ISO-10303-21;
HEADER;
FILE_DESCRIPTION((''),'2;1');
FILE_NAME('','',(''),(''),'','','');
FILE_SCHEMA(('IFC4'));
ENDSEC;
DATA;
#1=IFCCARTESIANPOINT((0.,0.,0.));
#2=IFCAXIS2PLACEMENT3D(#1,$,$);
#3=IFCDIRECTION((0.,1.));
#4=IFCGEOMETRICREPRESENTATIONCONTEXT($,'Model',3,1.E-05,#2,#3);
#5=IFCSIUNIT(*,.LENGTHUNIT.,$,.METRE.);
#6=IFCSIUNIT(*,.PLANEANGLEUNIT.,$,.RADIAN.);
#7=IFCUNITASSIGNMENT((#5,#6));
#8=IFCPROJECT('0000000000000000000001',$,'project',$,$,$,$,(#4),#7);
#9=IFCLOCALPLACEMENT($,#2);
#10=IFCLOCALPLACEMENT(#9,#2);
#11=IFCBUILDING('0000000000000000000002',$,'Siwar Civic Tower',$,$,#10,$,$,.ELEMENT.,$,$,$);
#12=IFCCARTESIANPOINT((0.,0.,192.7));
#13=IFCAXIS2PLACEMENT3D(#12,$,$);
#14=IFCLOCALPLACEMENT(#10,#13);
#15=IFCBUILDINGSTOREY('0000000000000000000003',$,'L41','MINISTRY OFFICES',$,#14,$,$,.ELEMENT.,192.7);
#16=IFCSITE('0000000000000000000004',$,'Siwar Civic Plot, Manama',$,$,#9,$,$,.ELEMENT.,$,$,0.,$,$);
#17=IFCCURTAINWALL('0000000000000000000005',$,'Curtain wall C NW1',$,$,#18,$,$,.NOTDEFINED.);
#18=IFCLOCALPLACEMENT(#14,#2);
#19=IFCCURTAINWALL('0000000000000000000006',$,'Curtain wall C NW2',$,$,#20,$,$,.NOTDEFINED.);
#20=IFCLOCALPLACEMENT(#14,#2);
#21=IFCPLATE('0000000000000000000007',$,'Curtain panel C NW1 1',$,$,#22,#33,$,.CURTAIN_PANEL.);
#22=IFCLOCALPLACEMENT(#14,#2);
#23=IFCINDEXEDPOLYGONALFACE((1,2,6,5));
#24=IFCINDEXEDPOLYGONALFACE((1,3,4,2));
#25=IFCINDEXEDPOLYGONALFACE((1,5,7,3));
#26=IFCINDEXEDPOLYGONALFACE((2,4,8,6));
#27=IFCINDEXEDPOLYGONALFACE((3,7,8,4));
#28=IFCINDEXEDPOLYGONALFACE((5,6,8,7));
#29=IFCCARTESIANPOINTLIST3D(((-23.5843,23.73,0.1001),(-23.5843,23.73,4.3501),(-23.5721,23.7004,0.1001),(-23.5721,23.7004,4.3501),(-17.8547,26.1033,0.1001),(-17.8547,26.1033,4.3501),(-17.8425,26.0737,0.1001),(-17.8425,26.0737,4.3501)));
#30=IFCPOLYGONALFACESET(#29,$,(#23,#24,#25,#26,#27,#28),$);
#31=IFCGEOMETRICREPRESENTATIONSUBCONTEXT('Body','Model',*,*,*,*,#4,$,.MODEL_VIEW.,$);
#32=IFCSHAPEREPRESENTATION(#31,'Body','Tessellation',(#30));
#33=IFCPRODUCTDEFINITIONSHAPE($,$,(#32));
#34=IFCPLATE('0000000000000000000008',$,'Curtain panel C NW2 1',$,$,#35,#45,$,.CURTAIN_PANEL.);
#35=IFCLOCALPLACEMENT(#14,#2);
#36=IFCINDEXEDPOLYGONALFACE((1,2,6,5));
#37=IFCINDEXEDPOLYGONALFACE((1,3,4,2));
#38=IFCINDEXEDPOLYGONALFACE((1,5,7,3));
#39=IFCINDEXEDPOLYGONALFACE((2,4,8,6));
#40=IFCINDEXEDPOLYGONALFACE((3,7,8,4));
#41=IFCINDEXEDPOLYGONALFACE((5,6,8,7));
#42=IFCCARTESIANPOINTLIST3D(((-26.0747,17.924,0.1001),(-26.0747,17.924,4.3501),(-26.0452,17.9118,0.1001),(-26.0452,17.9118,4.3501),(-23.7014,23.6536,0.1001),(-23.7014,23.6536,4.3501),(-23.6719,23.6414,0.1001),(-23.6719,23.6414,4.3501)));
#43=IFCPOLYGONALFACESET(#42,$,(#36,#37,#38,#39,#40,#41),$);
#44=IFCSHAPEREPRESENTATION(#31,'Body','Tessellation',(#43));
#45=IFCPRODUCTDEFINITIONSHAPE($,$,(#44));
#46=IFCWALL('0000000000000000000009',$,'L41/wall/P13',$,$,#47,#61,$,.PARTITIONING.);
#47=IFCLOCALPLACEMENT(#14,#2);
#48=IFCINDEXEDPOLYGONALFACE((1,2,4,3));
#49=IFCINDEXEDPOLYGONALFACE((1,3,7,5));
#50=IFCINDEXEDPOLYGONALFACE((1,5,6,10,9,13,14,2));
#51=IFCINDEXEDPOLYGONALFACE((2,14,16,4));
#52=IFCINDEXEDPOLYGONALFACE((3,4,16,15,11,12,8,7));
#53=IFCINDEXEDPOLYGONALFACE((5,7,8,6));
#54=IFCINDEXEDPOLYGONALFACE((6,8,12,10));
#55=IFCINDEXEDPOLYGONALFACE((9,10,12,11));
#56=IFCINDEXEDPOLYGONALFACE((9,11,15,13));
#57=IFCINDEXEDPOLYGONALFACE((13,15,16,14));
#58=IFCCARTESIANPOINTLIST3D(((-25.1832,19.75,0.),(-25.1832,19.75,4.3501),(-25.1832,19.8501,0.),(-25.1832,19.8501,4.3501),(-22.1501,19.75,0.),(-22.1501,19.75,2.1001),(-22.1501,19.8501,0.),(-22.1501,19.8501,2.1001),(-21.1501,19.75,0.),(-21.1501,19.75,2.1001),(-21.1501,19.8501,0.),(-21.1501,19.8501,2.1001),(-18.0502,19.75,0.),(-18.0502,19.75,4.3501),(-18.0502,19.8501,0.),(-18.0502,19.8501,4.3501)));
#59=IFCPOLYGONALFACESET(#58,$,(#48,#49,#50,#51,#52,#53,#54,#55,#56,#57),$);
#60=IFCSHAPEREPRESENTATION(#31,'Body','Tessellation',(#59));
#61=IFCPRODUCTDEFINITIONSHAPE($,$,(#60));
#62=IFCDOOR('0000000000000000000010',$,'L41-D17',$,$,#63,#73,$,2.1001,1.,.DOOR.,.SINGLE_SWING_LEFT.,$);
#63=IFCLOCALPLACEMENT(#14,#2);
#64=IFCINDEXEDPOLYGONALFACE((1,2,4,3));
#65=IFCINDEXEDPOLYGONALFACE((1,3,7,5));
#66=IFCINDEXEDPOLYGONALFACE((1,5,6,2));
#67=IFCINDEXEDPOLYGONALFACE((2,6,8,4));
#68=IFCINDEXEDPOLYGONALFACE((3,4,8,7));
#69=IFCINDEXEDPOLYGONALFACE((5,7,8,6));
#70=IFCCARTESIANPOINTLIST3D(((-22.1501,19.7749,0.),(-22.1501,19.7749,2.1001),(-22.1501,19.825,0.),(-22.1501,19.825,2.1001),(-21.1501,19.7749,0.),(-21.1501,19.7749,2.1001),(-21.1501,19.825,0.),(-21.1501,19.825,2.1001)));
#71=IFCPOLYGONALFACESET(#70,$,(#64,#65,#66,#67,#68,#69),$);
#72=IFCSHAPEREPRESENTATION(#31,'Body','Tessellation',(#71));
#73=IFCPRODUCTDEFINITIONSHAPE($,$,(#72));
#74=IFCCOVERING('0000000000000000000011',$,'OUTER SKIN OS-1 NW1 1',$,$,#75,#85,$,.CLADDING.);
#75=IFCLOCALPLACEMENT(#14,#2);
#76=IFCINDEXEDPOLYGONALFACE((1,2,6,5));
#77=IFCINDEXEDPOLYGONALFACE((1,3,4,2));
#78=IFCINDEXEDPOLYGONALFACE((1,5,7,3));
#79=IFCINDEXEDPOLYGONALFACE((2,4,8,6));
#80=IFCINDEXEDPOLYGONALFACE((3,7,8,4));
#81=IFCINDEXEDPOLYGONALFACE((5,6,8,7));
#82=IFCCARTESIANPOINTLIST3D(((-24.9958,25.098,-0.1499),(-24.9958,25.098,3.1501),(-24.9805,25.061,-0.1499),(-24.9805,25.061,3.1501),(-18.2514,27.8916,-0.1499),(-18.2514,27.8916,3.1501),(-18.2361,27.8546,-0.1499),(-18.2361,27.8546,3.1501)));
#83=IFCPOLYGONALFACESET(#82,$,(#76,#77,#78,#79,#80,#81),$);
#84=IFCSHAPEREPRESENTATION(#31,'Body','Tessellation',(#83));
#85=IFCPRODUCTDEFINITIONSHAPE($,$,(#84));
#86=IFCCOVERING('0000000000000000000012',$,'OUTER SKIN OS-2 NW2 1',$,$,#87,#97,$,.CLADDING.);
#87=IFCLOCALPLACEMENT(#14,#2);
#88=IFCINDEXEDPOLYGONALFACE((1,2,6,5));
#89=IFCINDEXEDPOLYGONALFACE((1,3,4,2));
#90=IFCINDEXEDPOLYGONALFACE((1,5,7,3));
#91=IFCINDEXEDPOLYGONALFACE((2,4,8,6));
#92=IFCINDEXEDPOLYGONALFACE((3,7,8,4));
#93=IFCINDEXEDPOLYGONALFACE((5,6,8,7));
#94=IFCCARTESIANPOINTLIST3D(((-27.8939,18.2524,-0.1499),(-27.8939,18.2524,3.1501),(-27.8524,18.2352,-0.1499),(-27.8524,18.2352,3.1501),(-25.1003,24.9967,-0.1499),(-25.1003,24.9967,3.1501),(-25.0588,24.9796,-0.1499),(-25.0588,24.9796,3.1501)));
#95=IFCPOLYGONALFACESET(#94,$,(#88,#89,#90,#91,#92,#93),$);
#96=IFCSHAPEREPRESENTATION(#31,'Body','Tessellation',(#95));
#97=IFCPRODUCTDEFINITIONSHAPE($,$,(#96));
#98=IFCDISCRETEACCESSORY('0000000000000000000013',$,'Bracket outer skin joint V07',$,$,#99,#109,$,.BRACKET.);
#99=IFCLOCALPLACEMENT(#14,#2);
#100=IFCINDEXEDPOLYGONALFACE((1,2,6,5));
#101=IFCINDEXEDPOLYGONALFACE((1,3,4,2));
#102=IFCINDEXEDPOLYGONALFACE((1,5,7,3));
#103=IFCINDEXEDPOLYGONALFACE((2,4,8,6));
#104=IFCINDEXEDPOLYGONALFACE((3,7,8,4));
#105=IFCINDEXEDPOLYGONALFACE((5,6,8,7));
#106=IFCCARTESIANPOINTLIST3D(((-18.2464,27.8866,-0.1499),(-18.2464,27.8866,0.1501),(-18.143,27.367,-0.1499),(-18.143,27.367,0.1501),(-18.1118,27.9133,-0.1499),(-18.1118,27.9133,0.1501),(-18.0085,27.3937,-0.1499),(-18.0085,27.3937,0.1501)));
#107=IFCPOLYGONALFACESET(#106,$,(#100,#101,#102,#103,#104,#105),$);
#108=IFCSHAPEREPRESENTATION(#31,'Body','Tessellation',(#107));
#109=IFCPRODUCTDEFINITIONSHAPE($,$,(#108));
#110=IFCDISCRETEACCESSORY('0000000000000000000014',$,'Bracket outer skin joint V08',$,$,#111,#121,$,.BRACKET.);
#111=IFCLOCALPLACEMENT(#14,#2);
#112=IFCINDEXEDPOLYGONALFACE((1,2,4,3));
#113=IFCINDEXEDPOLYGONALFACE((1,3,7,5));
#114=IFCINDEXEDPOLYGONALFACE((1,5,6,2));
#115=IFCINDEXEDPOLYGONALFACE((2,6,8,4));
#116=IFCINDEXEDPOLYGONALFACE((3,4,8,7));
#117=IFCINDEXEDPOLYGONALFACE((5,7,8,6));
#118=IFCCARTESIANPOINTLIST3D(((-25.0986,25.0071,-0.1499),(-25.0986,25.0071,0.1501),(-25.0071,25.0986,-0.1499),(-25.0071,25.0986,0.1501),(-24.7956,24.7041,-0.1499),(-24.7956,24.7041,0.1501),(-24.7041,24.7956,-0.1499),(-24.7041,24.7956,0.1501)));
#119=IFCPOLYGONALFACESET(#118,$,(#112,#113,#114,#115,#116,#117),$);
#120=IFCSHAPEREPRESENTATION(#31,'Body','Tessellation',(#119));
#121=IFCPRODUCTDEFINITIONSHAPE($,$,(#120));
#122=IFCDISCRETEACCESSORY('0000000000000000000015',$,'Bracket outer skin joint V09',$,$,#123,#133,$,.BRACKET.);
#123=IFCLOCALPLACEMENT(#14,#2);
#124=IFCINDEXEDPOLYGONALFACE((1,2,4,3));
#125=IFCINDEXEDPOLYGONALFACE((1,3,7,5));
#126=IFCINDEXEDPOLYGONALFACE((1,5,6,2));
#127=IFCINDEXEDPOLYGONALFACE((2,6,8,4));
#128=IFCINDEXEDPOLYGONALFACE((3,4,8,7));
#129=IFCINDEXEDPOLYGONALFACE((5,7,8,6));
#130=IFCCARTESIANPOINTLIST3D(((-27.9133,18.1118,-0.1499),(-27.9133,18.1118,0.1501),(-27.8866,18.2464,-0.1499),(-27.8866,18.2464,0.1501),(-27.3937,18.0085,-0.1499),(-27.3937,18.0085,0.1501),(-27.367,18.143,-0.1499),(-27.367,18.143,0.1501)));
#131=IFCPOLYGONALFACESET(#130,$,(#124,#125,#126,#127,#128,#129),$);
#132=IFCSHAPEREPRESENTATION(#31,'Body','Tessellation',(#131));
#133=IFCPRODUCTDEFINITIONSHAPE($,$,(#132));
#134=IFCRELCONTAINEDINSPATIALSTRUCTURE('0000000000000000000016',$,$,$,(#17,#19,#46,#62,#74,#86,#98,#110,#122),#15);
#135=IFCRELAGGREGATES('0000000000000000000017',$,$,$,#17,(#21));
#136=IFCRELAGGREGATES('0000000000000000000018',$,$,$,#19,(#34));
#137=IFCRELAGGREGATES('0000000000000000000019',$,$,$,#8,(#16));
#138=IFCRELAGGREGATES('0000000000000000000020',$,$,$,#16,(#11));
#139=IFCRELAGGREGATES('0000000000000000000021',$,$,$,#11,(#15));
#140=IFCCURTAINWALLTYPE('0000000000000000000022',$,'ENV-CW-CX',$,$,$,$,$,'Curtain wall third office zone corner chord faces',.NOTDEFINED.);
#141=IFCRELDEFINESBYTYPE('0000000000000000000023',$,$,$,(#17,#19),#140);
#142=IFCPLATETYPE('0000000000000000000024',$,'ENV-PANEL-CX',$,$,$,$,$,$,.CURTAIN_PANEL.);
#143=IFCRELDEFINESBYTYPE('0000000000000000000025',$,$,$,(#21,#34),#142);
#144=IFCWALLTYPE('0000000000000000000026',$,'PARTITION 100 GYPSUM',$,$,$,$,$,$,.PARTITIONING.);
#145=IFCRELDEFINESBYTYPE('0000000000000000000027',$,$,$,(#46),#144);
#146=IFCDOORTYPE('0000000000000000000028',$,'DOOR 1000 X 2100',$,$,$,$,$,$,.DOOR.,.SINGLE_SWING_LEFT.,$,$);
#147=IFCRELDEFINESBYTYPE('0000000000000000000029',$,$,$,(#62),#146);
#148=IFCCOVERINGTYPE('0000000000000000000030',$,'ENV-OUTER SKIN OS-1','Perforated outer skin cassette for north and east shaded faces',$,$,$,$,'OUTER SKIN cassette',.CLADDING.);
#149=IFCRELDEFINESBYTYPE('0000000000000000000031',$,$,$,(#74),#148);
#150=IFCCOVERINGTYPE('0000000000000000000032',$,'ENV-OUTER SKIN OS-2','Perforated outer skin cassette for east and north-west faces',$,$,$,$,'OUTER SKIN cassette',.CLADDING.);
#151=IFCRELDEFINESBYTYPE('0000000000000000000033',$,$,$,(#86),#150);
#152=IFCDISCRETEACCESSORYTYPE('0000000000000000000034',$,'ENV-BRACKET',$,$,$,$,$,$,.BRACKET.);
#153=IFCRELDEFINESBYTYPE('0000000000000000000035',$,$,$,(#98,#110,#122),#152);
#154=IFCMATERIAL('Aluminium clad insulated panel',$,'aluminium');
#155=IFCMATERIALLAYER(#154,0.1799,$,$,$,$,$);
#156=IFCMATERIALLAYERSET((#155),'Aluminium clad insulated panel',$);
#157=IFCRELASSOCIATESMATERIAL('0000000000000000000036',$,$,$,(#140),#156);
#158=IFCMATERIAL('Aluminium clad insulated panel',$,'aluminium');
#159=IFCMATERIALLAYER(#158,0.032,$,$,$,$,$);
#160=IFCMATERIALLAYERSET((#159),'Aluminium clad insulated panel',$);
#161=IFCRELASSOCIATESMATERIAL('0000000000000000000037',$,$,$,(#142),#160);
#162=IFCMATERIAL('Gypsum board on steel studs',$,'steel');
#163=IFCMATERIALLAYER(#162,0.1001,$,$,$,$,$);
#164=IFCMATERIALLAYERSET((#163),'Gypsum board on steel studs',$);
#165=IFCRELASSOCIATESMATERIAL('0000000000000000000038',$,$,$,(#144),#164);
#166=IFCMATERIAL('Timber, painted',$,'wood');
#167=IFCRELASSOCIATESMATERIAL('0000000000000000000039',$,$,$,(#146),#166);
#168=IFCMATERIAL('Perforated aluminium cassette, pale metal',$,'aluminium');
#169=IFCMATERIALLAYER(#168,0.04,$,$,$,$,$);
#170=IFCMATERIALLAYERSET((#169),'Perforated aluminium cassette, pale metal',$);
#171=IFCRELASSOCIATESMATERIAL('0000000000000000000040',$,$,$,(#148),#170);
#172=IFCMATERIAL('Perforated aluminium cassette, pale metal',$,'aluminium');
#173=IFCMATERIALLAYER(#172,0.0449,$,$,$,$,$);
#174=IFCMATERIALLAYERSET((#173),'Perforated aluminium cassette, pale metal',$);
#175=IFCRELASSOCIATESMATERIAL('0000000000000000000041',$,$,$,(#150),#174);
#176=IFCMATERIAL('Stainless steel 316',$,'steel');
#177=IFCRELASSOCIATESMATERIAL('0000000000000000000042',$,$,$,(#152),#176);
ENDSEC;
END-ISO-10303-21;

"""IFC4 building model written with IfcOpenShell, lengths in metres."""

from ifc_helpers import new_model, si_unit, direction, frame, frame_2d, origin, origin_2d, place, context, subcontext, project, spatial, rectangle, extrude, material, layer, layer_set, type_object, element, fill, aggregate, save


model = new_model("IFC4")

# Units and contexts
model_context = context("Model", 3, precision=1e-05, world=origin(), true_north=direction((0.0, 1.0)))
body_context = subcontext(model_context, "Body", "Model", "MODEL_VIEW")
ifc_project = project(units=[si_unit("LENGTHUNIT", "METRE"), si_unit("PLANEANGLEUNIT", "RADIAN")], contexts=[model_context])

# Site, building, storey
site_placement = place(None, origin())
site = spatial("IfcSite", under=ifc_project, at=site_placement, Name="Siwar Civic Plot, Manama", CompositionType="ELEMENT", RefElevation=0.0)
building_placement = place(site_placement, origin())
building = spatial("IfcBuilding", under=site, at=building_placement, Name="Siwar Civic Tower", CompositionType="ELEMENT")
storey_placement = place(building_placement, frame((0.0, 0.0, 192.7)))
storey = spatial("IfcBuildingStorey", under=building, at=storey_placement, Name="L41", Description="MINISTRY OFFICES", CompositionType="ELEMENT", Elevation=192.7)

# Curtain walls
ifc_material_1 = material(Name="Aluminium clad insulated panel", Category="aluminium")
ifc_layer_1 = layer(ifc_material_1, 0.1799)
ifc_layer_set_1 = layer_set([ifc_layer_1], Name="Aluminium clad insulated panel")
curtain_wall_type = type_object("IfcCurtainWallType", Name="ENV-CW-CX", ElementType="Curtain wall third office zone corner chord faces", PredefinedType="NOTDEFINED", material=ifc_layer_set_1)
curtain_wall_1_placement = place(storey_placement, origin())
curtain_wall_1 = element("IfcCurtainWall", 1, at=curtain_wall_1_placement, inside=storey, type_object=curtain_wall_type, Name="Curtain wall C NW1", PredefinedType="NOTDEFINED")
curtain_wall_2_placement = place(storey_placement, origin())
curtain_wall_2 = element("IfcCurtainWall", 2, at=curtain_wall_2_placement, inside=storey, type_object=curtain_wall_type, Name="Curtain wall C NW2", PredefinedType="NOTDEFINED")

# Plates
ifc_material_2 = material(Name="Aluminium clad insulated panel", Category="aluminium")
ifc_layer_2 = layer(ifc_material_2, 0.032)
ifc_layer_set_2 = layer_set([ifc_layer_2], Name="Aluminium clad insulated panel")
plate_type = type_object("IfcPlateType", Name="ENV-PANEL-CX", PredefinedType="CURTAIN_PANEL", material=ifc_layer_set_2)
plate_1_placement = place(storey_placement, frame((-20.7134, 24.9019, 0.1001), z_axis=(0.0, 0.0, 1.0), x_axis=(-0.92388, -0.382683, 0.0)))
plate_1 = element("IfcPlate", 3, at=plate_1_placement, type_object=plate_type, Name="Curtain panel C NW1 1", PredefinedType="CURTAIN_PANEL", context=body_context, shape_type="SweptSolid", body=[
    extrude(rectangle(XDim=6.2017, YDim=0.032, at=origin_2d()), origin(), (0.0, 0.0, 1.0), 4.25),
])
aggregate(curtain_wall_1, [plate_1])
plate_2_placement = place(storey_placement, frame((-24.8733, 20.7827, 0.1001), z_axis=(0.0, 0.0, 1.0), x_axis=(-0.382683, -0.92388, 0.0)))
plate_2 = element("IfcPlate", 4, at=plate_2_placement, type_object=plate_type, Name="Curtain panel C NW2 1", PredefinedType="CURTAIN_PANEL", context=body_context, shape_type="SweptSolid", body=[
    extrude(rectangle(XDim=6.2017, YDim=0.032, at=origin_2d()), origin(), (0.0, 0.0, 1.0), 4.25),
])
aggregate(curtain_wall_2, [plate_2])

# Wall, opening, door
ifc_material_3 = material(Name="Gypsum board on steel studs", Category="steel")
ifc_layer_3 = layer(ifc_material_3, 0.1001)
ifc_layer_set_3 = layer_set([ifc_layer_3], Name="Gypsum board on steel studs")
wall_type = type_object("IfcWallType", Name="PARTITION 100 GYPSUM", PredefinedType="PARTITIONING", material=ifc_layer_set_3)
wall_placement = place(storey_placement, frame((-25.1831, 19.8, 0.0), z_axis=(0.0, 0.0, 1.0), x_axis=(1.0, 0.0, 0.0)))
wall = element("IfcWall", 5, at=wall_placement, inside=storey, type_object=wall_type, Name="L41/wall/P13", PredefinedType="PARTITIONING", context=body_context, shape_type="SweptSolid", body=[
    extrude(rectangle(XDim=7.1331, YDim=0.1001, at=frame_2d((3.5664, 0.0))), origin(), (0.0, 0.0, 1.0), 4.3501),
])
opening_placement = place(wall_placement, frame((3.033, 0.0, 0.0)))
opening = element("IfcOpeningElement", 6, at=opening_placement, cuts=wall, PredefinedType="OPENING", context=body_context, shape_type="SweptSolid", body=[
    extrude(rectangle(XDim=1.0, YDim=2.1001, at=frame_2d((0.5, 1.05))), frame((0.0, 0.0601, 0.0), z_axis=(0.0, -1.0, 0.0), x_axis=(1.0, 0.0, 0.0)), (0.0, 0.0, 1.0), 0.1201),
])
ifc_material_4 = material(Name="Timber, painted", Category="wood")
door_type = type_object("IfcDoorType", Name="DOOR 1000 X 2100", OperationType="SINGLE_SWING_LEFT", PredefinedType="DOOR", material=ifc_material_4)
door_placement = place(opening_placement, origin())
door = element("IfcDoor", 7, at=door_placement, inside=storey, type_object=door_type, Name="L41-D17", OperationType="SINGLE_SWING_LEFT", OverallHeight=2.1001, OverallWidth=1.0, PredefinedType="DOOR", context=body_context, shape_type="SweptSolid", body=[
    extrude(rectangle(XDim=1.0, YDim=2.1001, at=frame_2d((0.5, 1.05))), frame((0.0, 0.0249, 0.0), z_axis=(0.0, -1.0, 0.0), x_axis=(1.0, 0.0, 0.0)), (0.0, 0.0, 1.0), 0.05),
])
fill(opening, door)

# Coverings
ifc_material_5 = material(Name="Perforated aluminium cassette, pale metal", Category="aluminium")
ifc_layer_4 = layer(ifc_material_5, 0.04)
ifc_layer_set_4 = layer_set([ifc_layer_4], Name="Perforated aluminium cassette, pale metal")
covering_type_1 = type_object("IfcCoveringType", Name="ENV-OUTER SKIN OS-1", Description="Perforated outer skin cassette for north and east shaded faces", ElementType="OUTER SKIN cassette", PredefinedType="CLADDING", material=ifc_layer_set_4)
covering_1_placement = place(storey_placement, frame((-21.616, 26.4763, -0.1499), z_axis=(0.0, 0.0, 1.0), x_axis=(-0.92388, -0.382683, 0.0)))
element("IfcCovering", 8, at=covering_1_placement, inside=storey, type_object=covering_type_1, Name="OUTER SKIN OS-1 NW1 1", PredefinedType="CLADDING", context=body_context, shape_type="SweptSolid", body=[
    extrude(rectangle(XDim=7.3, YDim=0.04, at=origin_2d()), origin(), (0.0, 0.0, 1.0), 3.3),
])
ifc_material_6 = material(Name="Perforated aluminium cassette, pale metal", Category="aluminium")
ifc_layer_5 = layer(ifc_material_6, 0.0449)
ifc_layer_set_5 = layer_set([ifc_layer_5], Name="Perforated aluminium cassette, pale metal")
covering_type_2 = type_object("IfcCoveringType", Name="ENV-OUTER SKIN OS-2", Description="Perforated outer skin cassette for east and north-west faces", ElementType="OUTER SKIN cassette", PredefinedType="CLADDING", material=ifc_layer_set_5)
covering_2_placement = place(storey_placement, frame((-26.4763, 21.616, -0.1499), z_axis=(0.0, 0.0, 1.0), x_axis=(-0.382683, -0.92388, 0.0)))
element("IfcCovering", 9, at=covering_2_placement, inside=storey, type_object=covering_type_2, Name="OUTER SKIN OS-2 NW2 1", PredefinedType="CLADDING", context=body_context, shape_type="SweptSolid", body=[
    extrude(rectangle(XDim=7.3, YDim=0.0449, at=origin_2d()), origin(), (0.0, 0.0, 1.0), 3.3),
])

# Discrete accessories
ifc_material_7 = material(Name="Stainless steel 316", Category="steel")
discrete_accessory_type = type_object("IfcDiscreteAccessoryType", Name="ENV-BRACKET", PredefinedType="BRACKET", material=ifc_material_7)
discrete_accessory_1_placement = place(storey_placement, frame((-18.1274, 27.6401, -0.1499), z_axis=(0.0, 0.0, 1.0), x_axis=(-0.19509, 0.980785, 0.0)))
element("IfcDiscreteAccessory", 10, at=discrete_accessory_1_placement, inside=storey, type_object=discrete_accessory_type, Name="Bracket outer skin joint V07", PredefinedType="BRACKET", context=body_context, shape_type="SweptSolid", body=[
    extrude(rectangle(XDim=0.5298, YDim=0.1372, at=origin_2d()), origin(), (0.0, 0.0, 1.0), 0.3),
])
discrete_accessory_2_placement = place(storey_placement, frame((-24.9014, 24.9014, -0.1499), z_axis=(0.0, 0.0, 1.0), x_axis=(-0.707107, 0.707107, 0.0)))
element("IfcDiscreteAccessory", 11, at=discrete_accessory_2_placement, inside=storey, type_object=discrete_accessory_type, Name="Bracket outer skin joint V08", PredefinedType="BRACKET", context=body_context, shape_type="SweptSolid", body=[
    extrude(rectangle(XDim=0.4285, YDim=0.1294, at=origin_2d()), origin(), (0.0, 0.0, 1.0), 0.3),
])
discrete_accessory_3_placement = place(storey_placement, frame((-27.6401, 18.1274, -0.1499), z_axis=(0.0, 0.0, 1.0), x_axis=(-0.980785, 0.19509, 0.0)))
element("IfcDiscreteAccessory", 12, at=discrete_accessory_3_placement, inside=storey, type_object=discrete_accessory_type, Name="Bracket outer skin joint V09", PredefinedType="BRACKET", context=body_context, shape_type="SweptSolid", body=[
    extrude(rectangle(XDim=0.5298, YDim=0.1372, at=origin_2d()), origin(), (0.0, 0.0, 1.0), 0.3),
])

save(model, "model.ifc")
